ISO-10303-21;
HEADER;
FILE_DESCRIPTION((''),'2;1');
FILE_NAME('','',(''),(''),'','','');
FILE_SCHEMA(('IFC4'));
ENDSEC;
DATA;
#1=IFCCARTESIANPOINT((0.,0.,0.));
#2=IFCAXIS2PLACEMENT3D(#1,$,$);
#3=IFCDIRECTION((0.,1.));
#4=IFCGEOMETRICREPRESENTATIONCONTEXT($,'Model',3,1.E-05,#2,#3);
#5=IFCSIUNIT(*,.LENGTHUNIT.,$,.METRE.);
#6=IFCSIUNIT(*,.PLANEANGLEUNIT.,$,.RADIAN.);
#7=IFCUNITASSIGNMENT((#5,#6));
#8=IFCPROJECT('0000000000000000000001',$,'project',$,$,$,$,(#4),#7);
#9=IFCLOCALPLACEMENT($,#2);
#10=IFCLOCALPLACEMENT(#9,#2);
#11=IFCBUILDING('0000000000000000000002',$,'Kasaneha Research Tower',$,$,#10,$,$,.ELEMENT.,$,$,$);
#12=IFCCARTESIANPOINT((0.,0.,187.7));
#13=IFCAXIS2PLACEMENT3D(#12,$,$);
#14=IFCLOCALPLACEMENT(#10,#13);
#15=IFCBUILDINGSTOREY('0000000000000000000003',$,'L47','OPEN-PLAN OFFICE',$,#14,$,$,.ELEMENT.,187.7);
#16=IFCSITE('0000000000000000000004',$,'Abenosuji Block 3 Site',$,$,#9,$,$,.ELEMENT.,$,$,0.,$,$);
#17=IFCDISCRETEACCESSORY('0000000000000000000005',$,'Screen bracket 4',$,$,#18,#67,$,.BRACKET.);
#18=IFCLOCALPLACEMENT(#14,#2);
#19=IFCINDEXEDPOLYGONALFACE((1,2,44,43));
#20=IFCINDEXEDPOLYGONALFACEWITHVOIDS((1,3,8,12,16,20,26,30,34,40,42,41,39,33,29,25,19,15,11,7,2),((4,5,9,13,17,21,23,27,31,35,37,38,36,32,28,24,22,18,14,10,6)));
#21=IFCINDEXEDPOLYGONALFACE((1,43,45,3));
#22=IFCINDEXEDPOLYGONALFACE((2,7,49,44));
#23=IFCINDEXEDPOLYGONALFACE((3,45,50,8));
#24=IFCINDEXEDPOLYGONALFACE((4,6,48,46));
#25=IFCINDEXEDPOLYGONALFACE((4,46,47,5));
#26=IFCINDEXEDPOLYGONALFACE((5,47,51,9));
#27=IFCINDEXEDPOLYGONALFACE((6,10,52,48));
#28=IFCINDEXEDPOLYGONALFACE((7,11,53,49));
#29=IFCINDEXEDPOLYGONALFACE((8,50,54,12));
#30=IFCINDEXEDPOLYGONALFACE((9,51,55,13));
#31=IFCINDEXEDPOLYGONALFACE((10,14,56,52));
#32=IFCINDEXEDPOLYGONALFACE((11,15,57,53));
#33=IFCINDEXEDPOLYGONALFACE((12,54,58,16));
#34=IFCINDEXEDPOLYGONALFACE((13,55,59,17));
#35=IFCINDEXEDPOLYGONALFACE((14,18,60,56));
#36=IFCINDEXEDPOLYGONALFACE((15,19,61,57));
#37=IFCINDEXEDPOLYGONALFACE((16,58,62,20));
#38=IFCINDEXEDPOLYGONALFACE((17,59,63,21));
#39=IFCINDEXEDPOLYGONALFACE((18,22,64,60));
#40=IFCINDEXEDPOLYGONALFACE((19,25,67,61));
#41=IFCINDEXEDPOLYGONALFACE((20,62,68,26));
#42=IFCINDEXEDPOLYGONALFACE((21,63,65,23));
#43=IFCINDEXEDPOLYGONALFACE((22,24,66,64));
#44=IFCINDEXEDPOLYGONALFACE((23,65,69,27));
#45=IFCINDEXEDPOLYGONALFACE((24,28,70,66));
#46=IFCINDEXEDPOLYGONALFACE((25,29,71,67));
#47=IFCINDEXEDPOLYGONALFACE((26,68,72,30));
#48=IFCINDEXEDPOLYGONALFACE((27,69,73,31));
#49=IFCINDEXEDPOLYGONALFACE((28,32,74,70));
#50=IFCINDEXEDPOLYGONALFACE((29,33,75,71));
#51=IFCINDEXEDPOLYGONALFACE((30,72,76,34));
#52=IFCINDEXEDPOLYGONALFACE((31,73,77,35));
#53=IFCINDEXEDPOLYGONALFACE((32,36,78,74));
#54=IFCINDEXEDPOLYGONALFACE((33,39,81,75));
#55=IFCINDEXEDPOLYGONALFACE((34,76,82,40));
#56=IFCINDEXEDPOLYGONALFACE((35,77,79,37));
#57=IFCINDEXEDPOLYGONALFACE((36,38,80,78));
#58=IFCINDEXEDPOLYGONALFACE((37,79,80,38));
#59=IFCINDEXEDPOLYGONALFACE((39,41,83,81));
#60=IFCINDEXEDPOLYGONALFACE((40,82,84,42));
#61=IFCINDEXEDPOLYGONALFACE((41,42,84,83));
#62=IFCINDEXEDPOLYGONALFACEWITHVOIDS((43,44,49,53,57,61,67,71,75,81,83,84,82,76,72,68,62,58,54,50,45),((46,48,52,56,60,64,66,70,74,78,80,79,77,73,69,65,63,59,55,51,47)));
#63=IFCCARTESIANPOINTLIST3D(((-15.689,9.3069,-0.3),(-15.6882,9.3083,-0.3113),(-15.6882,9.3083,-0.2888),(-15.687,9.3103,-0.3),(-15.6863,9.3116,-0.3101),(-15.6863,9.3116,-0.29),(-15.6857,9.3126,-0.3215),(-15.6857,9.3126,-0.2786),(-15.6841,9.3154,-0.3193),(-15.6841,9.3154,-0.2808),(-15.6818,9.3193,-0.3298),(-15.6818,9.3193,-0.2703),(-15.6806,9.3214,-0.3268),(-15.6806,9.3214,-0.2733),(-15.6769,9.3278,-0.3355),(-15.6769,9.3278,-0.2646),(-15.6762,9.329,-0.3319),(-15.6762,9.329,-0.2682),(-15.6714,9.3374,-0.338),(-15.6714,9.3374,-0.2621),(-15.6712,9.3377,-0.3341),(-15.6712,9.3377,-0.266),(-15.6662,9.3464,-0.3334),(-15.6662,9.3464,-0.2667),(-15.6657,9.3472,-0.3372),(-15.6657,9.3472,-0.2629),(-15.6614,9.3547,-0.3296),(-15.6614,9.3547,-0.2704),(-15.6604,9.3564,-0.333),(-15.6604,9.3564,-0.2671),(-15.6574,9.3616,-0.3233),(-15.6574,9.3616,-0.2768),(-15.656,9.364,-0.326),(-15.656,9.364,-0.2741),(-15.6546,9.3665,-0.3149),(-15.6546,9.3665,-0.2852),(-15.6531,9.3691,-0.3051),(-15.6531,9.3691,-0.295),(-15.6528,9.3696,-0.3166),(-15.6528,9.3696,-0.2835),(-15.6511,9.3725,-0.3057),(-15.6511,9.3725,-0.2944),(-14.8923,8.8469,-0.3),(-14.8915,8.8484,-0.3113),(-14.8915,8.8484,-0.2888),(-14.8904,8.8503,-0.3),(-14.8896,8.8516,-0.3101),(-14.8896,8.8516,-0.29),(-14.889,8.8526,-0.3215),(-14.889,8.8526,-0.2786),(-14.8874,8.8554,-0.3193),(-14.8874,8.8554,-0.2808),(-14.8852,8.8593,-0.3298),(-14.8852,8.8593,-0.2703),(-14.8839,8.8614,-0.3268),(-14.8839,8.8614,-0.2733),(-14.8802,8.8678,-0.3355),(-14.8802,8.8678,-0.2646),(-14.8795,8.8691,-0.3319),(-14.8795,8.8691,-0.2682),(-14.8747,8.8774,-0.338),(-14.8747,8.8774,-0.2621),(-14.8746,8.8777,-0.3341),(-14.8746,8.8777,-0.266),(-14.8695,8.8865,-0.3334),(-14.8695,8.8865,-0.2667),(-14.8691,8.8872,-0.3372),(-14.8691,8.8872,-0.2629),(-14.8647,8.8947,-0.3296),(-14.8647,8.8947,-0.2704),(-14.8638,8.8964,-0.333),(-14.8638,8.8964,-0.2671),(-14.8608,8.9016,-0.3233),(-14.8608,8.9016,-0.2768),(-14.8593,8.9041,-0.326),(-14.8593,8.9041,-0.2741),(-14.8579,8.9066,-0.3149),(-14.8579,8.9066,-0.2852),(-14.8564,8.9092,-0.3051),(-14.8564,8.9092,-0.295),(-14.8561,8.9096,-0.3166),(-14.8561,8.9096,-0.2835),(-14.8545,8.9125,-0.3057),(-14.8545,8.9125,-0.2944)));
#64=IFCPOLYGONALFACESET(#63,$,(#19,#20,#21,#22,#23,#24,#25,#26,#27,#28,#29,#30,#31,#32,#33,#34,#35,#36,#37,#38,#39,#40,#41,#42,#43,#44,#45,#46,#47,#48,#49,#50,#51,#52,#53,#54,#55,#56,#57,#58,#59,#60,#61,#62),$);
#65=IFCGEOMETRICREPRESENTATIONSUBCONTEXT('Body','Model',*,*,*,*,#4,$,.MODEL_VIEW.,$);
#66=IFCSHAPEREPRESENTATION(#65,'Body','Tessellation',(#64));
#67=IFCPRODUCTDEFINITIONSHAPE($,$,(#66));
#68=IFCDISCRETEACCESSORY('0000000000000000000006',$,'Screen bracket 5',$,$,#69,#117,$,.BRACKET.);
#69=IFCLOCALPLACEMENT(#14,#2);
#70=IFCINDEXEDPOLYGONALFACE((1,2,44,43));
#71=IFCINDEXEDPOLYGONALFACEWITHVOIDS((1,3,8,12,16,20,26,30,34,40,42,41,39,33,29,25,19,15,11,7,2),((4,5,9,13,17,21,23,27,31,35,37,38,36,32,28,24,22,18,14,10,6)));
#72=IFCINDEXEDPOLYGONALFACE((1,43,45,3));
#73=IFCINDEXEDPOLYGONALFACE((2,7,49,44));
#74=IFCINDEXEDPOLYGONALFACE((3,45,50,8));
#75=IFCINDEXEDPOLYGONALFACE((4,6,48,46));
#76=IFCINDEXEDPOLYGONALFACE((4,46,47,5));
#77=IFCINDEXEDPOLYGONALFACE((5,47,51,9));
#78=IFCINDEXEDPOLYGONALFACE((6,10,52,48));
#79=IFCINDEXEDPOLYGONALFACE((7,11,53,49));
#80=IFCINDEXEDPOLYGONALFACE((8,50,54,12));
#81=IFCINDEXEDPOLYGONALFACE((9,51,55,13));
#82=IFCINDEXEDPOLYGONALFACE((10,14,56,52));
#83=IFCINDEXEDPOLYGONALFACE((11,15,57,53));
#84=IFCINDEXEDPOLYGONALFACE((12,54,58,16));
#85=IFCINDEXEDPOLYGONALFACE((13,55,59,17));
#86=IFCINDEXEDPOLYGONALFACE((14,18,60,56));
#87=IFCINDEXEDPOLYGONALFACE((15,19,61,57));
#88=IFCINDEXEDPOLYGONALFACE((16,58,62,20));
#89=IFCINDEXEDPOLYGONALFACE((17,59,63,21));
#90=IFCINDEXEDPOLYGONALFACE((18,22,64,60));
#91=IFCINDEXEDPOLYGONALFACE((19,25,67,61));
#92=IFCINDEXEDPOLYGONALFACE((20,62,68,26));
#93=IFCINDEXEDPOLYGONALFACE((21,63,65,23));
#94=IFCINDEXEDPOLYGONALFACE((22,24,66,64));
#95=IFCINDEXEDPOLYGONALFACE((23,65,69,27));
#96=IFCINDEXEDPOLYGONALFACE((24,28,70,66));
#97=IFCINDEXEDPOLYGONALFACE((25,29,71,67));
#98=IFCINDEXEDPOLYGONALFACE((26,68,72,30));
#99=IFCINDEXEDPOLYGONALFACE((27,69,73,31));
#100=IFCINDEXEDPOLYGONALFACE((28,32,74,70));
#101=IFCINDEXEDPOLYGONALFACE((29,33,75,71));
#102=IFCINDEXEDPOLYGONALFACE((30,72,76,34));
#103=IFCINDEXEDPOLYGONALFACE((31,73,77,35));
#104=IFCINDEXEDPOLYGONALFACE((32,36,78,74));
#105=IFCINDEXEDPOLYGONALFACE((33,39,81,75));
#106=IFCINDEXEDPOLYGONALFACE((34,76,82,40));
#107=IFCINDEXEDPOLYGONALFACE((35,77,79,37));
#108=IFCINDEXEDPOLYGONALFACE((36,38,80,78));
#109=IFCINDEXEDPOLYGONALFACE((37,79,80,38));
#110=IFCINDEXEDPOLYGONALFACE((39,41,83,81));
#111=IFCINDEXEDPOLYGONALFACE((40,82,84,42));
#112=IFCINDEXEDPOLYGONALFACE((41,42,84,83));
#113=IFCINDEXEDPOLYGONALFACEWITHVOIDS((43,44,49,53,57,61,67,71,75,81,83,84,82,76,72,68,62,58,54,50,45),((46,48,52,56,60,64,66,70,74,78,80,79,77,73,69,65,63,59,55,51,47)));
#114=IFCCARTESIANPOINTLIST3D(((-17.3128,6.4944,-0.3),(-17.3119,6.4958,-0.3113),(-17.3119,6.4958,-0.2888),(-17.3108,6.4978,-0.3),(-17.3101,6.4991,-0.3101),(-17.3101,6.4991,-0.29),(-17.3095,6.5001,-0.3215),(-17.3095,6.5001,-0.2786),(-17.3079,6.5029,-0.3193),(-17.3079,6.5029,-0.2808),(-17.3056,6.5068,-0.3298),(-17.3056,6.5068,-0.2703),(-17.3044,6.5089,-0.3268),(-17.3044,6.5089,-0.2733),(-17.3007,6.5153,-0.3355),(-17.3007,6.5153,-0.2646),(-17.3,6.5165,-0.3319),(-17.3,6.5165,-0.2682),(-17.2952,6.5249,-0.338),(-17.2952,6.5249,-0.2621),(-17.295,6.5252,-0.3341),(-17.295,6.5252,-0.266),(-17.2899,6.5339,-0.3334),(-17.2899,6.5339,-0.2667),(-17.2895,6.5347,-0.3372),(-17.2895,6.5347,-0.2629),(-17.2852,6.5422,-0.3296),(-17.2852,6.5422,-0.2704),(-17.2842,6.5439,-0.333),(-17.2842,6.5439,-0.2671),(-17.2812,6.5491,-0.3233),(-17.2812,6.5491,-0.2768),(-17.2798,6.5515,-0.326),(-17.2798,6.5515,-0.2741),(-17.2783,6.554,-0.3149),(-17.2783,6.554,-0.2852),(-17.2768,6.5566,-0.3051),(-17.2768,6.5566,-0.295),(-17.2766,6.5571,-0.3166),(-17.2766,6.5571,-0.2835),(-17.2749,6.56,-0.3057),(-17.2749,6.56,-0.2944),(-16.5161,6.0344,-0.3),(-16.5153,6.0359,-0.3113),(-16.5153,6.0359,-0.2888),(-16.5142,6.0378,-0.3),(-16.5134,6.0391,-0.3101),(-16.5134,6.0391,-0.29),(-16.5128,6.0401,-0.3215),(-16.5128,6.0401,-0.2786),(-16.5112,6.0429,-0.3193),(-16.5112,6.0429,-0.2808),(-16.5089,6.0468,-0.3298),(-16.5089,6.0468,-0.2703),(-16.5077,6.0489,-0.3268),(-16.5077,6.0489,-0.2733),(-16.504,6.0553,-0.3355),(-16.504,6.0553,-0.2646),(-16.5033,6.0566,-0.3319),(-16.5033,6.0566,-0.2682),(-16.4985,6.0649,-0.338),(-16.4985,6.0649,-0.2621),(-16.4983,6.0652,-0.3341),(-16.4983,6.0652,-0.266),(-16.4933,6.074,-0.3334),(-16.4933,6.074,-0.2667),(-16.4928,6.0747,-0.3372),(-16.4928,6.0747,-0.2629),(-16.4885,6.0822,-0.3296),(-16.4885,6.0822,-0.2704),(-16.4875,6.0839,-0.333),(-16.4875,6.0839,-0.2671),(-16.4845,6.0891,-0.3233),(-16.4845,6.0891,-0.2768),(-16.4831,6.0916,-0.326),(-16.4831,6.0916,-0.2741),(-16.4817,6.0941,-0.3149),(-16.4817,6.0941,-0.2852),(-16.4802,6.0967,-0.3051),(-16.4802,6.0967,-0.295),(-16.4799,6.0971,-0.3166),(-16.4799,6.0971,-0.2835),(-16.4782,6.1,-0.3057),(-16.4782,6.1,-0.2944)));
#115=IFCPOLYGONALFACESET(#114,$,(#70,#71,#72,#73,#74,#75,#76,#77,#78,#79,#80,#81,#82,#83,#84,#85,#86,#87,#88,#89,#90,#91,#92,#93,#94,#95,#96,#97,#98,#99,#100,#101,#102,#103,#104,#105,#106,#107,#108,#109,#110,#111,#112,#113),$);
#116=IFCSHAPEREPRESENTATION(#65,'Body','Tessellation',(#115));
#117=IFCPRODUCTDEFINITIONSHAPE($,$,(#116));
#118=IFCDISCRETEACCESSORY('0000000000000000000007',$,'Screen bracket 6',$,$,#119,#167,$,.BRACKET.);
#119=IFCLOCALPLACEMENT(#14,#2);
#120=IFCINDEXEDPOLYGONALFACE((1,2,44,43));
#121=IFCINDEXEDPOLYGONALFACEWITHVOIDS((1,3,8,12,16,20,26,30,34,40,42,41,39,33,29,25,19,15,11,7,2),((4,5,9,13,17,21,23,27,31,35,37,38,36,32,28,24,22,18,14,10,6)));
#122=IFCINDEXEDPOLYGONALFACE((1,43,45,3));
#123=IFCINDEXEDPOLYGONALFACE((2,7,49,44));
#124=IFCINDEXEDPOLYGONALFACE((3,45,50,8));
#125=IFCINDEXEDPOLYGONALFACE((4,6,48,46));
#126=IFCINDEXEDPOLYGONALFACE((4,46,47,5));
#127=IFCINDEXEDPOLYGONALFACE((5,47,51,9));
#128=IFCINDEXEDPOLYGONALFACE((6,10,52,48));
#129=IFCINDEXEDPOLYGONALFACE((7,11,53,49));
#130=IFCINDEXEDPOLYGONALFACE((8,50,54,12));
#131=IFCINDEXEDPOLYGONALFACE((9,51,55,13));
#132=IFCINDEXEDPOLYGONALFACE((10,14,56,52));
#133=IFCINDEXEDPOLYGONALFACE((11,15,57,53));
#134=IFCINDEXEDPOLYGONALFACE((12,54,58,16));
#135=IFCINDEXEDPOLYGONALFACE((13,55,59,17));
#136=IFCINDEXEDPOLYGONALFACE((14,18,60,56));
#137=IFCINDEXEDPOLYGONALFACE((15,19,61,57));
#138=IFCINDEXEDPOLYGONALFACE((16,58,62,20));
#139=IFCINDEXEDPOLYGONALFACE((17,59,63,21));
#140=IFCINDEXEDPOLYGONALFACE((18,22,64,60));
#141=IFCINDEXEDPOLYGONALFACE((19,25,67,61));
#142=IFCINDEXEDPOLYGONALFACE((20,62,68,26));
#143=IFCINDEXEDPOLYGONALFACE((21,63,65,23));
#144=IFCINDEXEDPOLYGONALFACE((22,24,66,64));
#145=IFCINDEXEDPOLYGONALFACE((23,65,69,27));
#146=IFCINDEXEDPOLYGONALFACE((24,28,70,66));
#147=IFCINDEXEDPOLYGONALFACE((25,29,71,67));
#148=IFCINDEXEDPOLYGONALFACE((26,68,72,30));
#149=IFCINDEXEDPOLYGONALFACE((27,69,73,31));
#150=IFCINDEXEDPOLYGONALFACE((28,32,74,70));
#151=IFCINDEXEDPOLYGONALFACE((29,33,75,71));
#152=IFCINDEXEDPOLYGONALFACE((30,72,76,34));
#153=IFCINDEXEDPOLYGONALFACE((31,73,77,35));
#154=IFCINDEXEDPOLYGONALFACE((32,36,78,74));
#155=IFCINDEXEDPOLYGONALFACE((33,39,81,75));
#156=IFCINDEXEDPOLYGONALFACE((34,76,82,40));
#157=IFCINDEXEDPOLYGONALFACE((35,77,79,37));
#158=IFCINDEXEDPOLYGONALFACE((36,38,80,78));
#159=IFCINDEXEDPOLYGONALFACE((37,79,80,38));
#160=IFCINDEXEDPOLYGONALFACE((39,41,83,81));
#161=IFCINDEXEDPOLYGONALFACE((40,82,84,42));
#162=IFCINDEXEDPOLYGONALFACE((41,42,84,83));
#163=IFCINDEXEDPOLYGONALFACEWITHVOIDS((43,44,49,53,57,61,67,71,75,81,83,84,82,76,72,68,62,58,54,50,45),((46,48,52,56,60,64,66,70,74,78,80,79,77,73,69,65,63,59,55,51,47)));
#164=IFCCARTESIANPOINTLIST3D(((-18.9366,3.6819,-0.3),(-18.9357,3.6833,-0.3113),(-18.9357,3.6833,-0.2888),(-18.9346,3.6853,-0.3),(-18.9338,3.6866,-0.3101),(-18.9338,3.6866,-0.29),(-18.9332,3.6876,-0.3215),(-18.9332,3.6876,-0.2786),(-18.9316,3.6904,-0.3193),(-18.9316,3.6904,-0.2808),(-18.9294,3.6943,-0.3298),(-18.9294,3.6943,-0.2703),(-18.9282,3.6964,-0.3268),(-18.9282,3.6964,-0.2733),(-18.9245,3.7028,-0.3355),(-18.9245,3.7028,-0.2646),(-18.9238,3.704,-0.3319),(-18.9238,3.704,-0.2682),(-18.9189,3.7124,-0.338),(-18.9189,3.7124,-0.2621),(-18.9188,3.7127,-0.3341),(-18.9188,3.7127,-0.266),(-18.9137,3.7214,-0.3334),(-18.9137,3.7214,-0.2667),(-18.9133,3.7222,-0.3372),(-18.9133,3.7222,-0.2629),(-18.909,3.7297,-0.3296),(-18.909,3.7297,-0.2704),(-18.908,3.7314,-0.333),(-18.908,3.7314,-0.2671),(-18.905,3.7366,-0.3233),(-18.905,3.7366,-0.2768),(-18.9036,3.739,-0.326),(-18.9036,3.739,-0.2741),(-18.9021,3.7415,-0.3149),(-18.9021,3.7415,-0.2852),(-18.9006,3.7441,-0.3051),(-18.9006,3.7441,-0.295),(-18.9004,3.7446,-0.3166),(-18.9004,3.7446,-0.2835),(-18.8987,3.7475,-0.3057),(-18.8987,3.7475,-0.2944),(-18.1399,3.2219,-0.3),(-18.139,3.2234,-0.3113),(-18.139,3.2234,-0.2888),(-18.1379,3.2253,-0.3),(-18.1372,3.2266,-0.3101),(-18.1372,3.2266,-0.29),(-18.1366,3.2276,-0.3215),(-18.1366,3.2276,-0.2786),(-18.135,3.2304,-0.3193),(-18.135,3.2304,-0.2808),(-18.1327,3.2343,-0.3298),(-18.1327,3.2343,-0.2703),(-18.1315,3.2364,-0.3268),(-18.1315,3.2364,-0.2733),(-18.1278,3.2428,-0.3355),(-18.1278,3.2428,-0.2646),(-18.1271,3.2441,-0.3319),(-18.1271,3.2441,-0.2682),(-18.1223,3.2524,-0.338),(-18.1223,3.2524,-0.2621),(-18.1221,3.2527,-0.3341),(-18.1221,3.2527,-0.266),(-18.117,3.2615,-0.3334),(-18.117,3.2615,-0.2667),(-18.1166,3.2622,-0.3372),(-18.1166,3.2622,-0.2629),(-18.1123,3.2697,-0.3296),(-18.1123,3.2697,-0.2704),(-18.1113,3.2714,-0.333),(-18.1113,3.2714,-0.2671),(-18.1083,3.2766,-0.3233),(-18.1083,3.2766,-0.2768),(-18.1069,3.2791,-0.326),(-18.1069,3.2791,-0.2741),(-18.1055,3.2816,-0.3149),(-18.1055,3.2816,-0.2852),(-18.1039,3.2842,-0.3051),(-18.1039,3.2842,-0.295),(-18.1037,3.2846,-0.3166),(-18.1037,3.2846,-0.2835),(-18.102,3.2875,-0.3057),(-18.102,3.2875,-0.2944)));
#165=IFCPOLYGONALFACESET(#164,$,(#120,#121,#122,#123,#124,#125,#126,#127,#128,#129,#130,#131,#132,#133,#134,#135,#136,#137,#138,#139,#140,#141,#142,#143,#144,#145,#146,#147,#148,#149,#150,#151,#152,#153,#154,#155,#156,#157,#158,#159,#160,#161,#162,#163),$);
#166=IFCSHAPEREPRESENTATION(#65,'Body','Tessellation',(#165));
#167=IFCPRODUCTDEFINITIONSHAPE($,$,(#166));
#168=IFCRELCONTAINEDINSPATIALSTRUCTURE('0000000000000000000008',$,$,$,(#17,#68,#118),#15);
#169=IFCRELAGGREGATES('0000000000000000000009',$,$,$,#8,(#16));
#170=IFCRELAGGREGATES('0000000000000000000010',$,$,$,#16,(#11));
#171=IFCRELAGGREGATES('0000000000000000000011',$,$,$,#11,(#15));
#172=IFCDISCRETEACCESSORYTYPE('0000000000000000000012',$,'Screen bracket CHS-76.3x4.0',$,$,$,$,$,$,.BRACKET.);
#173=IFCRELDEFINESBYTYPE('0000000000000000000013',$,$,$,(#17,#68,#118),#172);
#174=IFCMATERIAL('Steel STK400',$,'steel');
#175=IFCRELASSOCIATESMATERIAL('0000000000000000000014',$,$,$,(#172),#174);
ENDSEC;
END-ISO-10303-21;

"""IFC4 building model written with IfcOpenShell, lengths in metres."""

from ifc_helpers import new_model, si_unit, direction, frame, origin, origin_2d, place, context, subcontext, project, spatial, hollow_circle, extrude, material, material_profile, profile_set, type_object, element, save


model = new_model("IFC4")

# Units and contexts
model_context = context("Model", 3, precision=1e-05, world=origin(), true_north=direction((0.0, 1.0)))
body_context = subcontext(model_context, "Body", "Model", "MODEL_VIEW")
ifc_project = project(units=[si_unit("LENGTHUNIT", "METRE"), si_unit("PLANEANGLEUNIT", "RADIAN")], contexts=[model_context])

# Site, building, storey
site_placement = place(None, origin())
site = spatial("IfcSite", under=ifc_project, at=site_placement, Name="Abenosuji Block 3 Site", CompositionType="ELEMENT", RefElevation=0.0)
building_placement = place(site_placement, origin())
building = spatial("IfcBuilding", under=site, at=building_placement, Name="Kasaneha Research Tower", CompositionType="ELEMENT")
storey_placement = place(building_placement, frame((0.0, 0.0, 187.7)))
storey = spatial("IfcBuildingStorey", under=building, at=storey_placement, Name="L47", Description="OPEN-PLAN OFFICE", CompositionType="ELEMENT", Elevation=187.7)

# Discrete accessories
ifc_material_1 = material(Name="Steel STK400", Category="steel")
ifc_material_profile_1 = material_profile(ifc_material_1, hollow_circle(Radius=0.0381, WallThickness=0.0039, at=origin_2d()), Name="CHS-76.3x4.0")
ifc_profile_set_1 = profile_set([ifc_material_profile_1], Name="Steel STK400")
discrete_accessory_type = type_object("IfcDiscreteAccessoryType", Name="Screen bracket CHS-76.3x4.0", PredefinedType="BRACKET", material=ifc_profile_set_1)
for number, where, z_axis, x_axis, name in (
    (1, (-14.8733, 8.8799, -0.3), (-0.866013, 0.500021, 0.0), (-0.500021, -0.866013, 0.0), "Screen bracket 4"),
    (2, (-16.4971, 6.0674, -0.3), (-0.866013, 0.500021, 0.0), (-0.500021, -0.866013, 0.0), "Screen bracket 5"),
    (3, (-18.1208, 3.2549, -0.3), (-0.866013, 0.500021, 0.0), (-0.500021, -0.866013, 0.0), "Screen bracket 6"),
):
    element("IfcDiscreteAccessory", number, at=place(storey_placement, frame(where, z_axis=z_axis, x_axis=x_axis)), inside=storey, type_object=discrete_accessory_type, Name=name, PredefinedType="BRACKET", context=body_context, shape_type="SweptSolid", body=[
        extrude(hollow_circle(Radius=0.0381, WallThickness=0.0039, at=origin_2d()), origin(), (0.0, 0.0, 1.0), 0.9199),
    ])

save(model, "model.ifc")
